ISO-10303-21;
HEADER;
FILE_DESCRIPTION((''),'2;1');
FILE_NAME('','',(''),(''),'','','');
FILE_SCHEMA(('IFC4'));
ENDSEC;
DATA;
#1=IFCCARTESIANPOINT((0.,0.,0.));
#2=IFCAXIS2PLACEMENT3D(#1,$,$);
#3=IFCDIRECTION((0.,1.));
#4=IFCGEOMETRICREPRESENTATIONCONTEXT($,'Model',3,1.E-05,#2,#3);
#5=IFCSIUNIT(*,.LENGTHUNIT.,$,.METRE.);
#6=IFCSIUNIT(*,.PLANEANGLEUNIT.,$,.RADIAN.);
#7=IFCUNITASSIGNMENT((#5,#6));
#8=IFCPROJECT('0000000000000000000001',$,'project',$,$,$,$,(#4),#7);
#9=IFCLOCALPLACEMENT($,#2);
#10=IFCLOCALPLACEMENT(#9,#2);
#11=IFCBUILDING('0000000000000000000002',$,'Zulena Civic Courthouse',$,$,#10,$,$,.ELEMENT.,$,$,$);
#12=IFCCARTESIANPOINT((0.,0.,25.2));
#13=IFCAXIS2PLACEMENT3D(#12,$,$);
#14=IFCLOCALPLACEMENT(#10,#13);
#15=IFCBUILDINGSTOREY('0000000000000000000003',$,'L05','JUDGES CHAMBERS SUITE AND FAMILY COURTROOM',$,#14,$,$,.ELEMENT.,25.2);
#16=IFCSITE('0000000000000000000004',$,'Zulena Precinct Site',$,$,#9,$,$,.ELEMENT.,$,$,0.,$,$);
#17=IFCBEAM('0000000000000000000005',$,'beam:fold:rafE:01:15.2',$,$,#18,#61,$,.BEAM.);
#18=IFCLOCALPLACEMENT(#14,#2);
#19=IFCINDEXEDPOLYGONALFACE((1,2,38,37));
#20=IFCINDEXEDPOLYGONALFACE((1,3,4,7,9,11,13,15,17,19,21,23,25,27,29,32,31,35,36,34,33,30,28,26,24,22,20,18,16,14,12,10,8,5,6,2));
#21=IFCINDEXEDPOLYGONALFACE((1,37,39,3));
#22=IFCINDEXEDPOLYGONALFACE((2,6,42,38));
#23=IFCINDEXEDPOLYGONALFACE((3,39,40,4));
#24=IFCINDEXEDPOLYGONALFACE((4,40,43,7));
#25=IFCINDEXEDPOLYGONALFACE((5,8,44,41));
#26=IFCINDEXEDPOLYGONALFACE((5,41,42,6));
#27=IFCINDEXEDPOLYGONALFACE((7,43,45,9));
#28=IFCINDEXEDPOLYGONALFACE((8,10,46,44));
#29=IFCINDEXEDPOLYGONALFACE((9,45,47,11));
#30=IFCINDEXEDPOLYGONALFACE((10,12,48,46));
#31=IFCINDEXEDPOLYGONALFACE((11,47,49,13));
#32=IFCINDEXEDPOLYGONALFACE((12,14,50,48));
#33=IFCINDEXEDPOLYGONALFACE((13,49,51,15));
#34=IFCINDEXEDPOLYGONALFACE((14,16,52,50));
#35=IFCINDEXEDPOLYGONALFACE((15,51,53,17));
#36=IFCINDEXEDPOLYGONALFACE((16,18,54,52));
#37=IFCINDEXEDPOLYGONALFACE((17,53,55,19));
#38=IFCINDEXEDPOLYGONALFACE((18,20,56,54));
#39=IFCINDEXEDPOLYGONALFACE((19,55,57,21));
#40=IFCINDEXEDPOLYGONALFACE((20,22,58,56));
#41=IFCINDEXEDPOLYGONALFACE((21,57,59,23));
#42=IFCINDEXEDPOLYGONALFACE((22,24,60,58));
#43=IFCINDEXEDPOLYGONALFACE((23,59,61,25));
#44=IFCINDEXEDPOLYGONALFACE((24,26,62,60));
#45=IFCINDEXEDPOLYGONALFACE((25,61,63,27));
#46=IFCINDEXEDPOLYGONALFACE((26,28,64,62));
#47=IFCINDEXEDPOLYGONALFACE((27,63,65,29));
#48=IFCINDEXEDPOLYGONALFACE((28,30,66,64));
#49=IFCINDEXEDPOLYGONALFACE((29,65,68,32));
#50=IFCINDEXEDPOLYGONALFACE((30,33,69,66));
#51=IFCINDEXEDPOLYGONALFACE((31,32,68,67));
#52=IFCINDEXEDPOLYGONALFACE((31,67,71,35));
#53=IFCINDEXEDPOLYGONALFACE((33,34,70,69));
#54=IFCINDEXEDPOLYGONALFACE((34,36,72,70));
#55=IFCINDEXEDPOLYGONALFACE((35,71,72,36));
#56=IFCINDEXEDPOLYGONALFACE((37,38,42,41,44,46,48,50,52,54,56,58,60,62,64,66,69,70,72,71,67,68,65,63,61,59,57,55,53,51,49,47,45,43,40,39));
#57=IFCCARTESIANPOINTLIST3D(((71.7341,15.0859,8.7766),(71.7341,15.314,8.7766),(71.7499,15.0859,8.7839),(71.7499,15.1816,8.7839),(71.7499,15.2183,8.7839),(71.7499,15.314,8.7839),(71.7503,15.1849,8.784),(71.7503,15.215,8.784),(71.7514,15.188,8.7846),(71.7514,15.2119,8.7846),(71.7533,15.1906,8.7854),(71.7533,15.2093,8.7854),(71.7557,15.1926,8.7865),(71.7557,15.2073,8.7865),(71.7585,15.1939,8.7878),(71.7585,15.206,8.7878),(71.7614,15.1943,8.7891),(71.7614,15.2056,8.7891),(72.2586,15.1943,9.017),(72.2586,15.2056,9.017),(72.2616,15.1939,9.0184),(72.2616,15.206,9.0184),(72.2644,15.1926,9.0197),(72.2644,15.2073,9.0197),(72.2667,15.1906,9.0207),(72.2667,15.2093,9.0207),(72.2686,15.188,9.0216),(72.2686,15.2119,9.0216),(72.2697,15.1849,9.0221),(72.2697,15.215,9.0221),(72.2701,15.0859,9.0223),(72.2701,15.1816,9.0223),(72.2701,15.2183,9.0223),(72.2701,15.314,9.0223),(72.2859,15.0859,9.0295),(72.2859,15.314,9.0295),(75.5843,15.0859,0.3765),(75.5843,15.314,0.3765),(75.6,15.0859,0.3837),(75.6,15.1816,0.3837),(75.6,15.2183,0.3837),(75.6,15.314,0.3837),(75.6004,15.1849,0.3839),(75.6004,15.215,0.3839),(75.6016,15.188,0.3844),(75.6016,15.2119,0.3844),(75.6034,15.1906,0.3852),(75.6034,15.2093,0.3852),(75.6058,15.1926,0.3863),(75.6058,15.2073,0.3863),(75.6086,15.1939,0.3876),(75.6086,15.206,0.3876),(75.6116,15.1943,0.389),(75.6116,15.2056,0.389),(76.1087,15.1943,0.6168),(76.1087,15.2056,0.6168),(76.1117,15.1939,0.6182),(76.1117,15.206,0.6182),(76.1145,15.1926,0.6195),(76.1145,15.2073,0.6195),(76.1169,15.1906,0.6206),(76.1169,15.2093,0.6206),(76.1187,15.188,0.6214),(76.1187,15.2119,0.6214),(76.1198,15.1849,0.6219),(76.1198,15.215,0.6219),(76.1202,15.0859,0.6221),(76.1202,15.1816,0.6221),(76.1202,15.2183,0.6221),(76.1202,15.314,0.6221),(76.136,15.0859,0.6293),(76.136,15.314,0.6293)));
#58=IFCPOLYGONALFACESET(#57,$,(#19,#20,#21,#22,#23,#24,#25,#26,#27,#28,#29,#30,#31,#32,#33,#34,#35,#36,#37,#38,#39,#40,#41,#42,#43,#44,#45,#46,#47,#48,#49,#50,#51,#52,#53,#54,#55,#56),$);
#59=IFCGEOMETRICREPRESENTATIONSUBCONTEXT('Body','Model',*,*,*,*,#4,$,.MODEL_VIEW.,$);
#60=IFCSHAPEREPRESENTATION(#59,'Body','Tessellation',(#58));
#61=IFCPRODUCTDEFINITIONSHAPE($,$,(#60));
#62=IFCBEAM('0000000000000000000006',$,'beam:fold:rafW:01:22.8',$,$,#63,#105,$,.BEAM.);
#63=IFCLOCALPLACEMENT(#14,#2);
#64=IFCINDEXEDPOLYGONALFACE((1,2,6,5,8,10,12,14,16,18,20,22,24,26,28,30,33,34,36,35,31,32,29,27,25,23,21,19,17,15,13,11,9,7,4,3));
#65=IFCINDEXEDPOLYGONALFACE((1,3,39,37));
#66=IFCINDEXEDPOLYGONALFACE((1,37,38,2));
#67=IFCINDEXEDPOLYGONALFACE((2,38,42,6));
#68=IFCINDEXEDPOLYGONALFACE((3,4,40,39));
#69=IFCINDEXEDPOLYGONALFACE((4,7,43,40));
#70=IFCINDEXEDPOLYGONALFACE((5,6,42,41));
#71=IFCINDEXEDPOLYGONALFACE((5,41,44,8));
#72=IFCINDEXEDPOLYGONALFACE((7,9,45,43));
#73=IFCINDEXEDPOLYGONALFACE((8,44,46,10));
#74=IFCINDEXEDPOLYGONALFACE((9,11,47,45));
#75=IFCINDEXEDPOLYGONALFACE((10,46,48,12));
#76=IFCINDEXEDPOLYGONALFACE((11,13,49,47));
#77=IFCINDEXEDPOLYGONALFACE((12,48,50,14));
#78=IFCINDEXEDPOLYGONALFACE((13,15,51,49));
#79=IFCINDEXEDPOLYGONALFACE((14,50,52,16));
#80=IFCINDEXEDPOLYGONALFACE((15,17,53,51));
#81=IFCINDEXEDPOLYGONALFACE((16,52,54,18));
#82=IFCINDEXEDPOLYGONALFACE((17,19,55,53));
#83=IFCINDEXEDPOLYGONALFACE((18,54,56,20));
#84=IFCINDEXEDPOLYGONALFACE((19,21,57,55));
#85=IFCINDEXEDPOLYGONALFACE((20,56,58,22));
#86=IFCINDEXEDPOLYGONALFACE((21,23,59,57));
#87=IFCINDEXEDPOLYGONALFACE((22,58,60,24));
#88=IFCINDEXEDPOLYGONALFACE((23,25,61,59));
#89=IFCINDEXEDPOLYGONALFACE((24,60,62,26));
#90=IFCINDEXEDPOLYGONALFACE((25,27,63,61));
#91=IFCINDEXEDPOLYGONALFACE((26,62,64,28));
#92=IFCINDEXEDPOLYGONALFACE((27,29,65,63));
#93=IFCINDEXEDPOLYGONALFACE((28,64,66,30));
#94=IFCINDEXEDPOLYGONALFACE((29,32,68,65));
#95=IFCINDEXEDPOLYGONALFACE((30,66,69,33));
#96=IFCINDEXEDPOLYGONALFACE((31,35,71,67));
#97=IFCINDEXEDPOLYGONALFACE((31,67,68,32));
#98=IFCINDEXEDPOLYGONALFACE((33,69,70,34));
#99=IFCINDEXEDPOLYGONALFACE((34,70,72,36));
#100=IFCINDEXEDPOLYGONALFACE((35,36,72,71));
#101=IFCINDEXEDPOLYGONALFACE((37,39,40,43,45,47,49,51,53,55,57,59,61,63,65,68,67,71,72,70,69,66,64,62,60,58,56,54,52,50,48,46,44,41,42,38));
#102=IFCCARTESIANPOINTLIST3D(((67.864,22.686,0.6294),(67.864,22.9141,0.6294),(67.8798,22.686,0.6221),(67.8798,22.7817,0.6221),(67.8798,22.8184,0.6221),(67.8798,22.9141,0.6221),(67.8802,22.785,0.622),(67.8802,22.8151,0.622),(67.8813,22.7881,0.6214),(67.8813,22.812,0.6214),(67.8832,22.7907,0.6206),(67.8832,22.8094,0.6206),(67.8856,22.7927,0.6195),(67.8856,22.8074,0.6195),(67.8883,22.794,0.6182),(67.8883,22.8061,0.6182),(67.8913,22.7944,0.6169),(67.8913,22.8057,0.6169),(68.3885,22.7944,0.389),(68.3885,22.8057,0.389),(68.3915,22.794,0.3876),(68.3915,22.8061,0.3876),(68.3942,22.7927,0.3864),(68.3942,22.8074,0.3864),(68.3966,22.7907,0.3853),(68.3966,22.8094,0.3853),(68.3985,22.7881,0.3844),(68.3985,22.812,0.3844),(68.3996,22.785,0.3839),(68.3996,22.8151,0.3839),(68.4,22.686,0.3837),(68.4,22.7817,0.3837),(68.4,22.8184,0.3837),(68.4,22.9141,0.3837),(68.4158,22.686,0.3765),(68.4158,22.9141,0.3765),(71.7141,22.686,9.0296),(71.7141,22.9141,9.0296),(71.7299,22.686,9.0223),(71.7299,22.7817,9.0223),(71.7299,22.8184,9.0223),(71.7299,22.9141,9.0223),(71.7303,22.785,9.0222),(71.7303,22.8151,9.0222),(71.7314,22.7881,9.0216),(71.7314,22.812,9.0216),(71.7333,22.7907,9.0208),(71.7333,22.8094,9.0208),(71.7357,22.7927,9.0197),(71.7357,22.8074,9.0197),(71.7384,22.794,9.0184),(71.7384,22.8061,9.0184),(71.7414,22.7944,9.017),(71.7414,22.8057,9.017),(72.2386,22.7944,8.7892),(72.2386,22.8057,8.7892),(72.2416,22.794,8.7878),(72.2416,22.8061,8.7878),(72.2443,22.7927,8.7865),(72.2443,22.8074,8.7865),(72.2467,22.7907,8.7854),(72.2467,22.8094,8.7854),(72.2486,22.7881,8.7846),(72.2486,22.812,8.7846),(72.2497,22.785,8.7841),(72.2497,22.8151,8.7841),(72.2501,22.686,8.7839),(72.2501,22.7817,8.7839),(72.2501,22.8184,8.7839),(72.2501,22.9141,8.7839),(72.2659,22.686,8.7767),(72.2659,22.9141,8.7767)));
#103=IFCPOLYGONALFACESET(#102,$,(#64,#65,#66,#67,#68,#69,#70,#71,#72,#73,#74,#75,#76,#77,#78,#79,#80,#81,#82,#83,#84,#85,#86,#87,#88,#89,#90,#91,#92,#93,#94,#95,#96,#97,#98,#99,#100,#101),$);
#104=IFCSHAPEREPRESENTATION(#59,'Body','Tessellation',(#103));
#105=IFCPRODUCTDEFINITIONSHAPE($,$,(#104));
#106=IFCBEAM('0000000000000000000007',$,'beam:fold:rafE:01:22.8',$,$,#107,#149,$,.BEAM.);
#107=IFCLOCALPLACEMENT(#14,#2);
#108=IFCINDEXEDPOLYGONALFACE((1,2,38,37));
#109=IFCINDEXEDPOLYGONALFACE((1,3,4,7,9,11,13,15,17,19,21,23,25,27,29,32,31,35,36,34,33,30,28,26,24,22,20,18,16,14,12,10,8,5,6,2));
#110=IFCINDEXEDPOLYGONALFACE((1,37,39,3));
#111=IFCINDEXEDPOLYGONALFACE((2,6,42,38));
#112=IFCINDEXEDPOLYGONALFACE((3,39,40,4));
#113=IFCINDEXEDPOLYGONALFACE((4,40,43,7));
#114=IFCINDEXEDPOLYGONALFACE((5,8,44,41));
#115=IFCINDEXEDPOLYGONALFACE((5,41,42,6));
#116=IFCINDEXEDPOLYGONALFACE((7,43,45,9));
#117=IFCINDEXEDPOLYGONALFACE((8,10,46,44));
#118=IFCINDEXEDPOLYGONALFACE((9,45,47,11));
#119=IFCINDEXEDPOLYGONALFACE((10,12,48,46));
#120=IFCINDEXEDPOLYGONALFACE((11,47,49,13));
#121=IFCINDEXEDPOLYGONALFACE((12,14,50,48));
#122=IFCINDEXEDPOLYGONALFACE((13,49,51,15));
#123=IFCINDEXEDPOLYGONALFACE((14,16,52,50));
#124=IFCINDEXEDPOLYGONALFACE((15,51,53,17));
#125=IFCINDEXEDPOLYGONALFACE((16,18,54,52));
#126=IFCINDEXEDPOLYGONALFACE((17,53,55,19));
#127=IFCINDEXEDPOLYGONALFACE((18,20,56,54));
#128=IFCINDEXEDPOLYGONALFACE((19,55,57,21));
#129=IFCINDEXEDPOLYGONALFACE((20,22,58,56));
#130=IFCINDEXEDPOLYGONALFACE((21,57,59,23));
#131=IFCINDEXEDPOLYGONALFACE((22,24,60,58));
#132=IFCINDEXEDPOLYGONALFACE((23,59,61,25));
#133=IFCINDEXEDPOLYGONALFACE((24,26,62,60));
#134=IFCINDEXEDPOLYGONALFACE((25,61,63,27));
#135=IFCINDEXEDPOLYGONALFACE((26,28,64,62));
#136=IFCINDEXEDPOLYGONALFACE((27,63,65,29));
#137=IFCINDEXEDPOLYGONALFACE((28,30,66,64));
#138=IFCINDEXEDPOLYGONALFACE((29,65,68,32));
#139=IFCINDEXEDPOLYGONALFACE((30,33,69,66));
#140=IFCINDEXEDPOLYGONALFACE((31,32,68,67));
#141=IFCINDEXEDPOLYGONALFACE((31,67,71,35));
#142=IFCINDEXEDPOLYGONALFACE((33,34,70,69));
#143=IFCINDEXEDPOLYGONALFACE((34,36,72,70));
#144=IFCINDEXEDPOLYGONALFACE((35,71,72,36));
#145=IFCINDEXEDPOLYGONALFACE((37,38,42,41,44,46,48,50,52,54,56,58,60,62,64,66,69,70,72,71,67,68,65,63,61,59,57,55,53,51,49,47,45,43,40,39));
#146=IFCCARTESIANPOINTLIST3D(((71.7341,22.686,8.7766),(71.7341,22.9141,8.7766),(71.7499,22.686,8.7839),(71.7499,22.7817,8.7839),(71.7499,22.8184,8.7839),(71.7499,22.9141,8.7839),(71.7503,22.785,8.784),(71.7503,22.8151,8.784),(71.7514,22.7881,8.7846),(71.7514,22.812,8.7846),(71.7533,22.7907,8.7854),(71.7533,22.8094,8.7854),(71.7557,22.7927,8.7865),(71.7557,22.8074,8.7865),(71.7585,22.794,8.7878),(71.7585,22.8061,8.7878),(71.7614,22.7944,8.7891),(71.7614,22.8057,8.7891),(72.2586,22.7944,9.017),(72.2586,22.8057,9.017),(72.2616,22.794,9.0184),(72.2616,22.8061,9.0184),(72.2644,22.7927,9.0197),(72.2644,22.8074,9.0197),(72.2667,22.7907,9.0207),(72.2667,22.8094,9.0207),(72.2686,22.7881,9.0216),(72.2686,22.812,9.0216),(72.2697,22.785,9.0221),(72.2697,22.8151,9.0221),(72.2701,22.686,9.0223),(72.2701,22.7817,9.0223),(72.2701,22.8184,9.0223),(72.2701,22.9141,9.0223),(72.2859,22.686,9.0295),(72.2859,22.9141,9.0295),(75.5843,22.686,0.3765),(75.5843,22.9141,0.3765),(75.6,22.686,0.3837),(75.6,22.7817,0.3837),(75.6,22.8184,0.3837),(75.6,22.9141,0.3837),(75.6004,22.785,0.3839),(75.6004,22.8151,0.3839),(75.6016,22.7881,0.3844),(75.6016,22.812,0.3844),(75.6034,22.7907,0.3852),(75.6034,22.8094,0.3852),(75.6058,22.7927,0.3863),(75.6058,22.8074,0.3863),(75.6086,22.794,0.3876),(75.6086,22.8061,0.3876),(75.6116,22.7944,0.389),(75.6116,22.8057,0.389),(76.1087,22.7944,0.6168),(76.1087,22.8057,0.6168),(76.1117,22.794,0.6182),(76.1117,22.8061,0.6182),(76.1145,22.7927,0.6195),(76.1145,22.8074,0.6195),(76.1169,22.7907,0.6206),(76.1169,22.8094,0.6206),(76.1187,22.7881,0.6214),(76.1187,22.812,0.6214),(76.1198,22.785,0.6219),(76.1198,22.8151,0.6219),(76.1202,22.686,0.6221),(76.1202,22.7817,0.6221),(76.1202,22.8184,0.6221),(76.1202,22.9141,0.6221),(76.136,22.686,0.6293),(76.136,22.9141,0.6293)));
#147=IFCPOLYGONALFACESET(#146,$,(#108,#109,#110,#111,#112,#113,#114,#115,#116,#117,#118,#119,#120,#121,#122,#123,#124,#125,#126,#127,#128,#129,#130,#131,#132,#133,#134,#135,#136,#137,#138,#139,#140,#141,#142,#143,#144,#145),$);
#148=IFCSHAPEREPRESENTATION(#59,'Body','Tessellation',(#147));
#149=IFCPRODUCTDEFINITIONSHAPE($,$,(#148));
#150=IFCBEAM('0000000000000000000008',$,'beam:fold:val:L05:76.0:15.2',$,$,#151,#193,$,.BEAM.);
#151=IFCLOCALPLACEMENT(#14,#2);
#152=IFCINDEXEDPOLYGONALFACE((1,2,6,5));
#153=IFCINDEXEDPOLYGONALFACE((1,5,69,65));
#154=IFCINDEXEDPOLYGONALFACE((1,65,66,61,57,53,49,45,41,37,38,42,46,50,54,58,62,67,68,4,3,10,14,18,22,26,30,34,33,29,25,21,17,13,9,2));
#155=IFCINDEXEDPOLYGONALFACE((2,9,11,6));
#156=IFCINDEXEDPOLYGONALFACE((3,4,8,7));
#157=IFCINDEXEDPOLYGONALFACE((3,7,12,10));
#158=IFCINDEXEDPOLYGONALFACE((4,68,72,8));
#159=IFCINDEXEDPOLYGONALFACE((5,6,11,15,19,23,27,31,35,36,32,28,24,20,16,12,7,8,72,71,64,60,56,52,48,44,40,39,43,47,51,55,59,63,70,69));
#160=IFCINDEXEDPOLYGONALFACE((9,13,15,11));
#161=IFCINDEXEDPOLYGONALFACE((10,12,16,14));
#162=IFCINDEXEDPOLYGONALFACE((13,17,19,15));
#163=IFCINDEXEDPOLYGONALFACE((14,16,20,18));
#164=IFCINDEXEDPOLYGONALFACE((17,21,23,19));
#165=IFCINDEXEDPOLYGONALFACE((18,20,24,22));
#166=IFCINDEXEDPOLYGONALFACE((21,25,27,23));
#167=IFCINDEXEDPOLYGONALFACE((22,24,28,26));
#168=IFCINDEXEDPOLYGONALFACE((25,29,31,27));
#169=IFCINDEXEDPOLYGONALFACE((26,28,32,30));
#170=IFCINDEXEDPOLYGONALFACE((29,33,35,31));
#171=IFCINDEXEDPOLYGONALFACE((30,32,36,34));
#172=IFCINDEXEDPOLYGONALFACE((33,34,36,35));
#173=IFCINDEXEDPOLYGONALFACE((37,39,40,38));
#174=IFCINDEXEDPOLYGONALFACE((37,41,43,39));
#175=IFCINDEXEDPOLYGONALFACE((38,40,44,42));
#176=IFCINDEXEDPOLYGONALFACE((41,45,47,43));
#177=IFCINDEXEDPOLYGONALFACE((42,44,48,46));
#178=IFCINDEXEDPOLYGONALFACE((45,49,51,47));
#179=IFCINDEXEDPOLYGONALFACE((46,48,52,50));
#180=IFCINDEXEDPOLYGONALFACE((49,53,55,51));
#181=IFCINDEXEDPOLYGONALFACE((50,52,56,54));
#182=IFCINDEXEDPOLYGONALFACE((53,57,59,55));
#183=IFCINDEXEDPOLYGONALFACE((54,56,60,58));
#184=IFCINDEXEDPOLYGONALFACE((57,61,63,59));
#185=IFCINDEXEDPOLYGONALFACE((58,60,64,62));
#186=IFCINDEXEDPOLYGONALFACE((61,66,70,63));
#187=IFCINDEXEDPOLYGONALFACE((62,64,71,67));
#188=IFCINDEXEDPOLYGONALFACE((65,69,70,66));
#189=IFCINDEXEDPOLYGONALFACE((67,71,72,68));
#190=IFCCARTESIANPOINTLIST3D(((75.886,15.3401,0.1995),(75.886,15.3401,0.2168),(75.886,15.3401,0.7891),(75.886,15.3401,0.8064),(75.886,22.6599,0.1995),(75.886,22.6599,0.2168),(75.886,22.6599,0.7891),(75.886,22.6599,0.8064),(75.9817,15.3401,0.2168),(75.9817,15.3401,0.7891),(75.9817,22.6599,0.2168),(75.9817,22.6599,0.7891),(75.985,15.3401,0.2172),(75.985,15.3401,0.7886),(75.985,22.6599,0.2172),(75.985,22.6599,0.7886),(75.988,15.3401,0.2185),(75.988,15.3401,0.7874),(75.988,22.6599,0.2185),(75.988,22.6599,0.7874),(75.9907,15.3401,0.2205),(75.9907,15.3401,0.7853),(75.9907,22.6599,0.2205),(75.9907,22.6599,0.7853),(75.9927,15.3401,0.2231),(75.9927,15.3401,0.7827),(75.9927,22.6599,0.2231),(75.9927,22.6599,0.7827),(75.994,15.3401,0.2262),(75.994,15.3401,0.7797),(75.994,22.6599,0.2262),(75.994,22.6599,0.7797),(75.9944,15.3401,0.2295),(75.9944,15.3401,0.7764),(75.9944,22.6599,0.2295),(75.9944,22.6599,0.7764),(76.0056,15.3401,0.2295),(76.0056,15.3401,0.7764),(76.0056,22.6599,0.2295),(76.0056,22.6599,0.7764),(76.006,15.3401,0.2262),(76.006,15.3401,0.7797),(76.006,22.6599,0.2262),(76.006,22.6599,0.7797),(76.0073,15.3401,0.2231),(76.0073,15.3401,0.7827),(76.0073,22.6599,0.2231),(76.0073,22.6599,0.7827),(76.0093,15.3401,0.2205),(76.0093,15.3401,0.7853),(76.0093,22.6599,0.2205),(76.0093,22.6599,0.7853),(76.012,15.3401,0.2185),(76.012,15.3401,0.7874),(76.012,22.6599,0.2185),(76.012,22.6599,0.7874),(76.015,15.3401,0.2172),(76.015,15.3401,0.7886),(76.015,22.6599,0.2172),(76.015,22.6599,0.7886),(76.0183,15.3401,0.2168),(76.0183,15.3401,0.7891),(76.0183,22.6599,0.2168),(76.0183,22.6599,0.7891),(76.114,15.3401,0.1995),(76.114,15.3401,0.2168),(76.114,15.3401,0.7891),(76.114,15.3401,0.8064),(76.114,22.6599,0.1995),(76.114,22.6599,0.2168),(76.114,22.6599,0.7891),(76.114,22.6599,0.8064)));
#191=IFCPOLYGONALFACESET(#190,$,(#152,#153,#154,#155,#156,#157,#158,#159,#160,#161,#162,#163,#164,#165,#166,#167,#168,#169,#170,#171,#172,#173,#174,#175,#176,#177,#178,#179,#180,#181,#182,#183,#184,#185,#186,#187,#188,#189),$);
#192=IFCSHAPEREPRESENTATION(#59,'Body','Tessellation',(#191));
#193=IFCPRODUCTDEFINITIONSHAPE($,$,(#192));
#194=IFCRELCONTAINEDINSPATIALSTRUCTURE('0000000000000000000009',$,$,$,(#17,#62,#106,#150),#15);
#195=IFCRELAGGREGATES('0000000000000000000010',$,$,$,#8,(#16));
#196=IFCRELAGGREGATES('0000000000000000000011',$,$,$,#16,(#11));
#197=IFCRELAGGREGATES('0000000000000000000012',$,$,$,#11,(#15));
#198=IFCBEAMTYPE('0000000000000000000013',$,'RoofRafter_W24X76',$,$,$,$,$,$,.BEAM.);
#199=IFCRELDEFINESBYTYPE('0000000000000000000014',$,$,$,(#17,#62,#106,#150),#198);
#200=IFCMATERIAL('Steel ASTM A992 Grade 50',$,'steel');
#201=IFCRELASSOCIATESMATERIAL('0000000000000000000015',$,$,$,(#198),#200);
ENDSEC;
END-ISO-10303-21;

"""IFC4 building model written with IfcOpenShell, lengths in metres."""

from ifc_helpers import new_model, si_unit, direction, frame, origin, origin_2d, place, context, subcontext, project, spatial, i_section, extrude, material, material_profile, profile_set, type_object, element, save


model = new_model("IFC4")

# Units and contexts
model_context = context("Model", 3, precision=1e-05, world=origin(), true_north=direction((0.0, 1.0)))
body_context = subcontext(model_context, "Body", "Model", "MODEL_VIEW")
ifc_project = project(units=[si_unit("LENGTHUNIT", "METRE"), si_unit("PLANEANGLEUNIT", "RADIAN")], contexts=[model_context])

# Site, building, storey
site_placement = place(None, origin())
site = spatial("IfcSite", under=ifc_project, at=site_placement, Name="Zulena Precinct Site", CompositionType="ELEMENT", RefElevation=0.0)
building_placement = place(site_placement, origin())
building = spatial("IfcBuilding", under=site, at=building_placement, Name="Zulena Civic Courthouse", CompositionType="ELEMENT")
storey_placement = place(building_placement, frame((0.0, 0.0, 25.2)))
storey = spatial("IfcBuildingStorey", under=building, at=storey_placement, Name="L05", Description="JUDGES CHAMBERS SUITE AND FAMILY COURTROOM", CompositionType="ELEMENT", Elevation=25.2)

# Shared definitions
ifc_material_1 = material(Name="Steel ASTM A992 Grade 50", Category="steel")

# Beams
ifc_material_profile_1 = material_profile(ifc_material_1, i_section(OverallWidth=0.228, OverallDepth=0.6069, WebThickness=0.0112, FlangeThickness=0.0173, FilletRadius=0.0127, at=origin_2d()), Name="W24X76")
ifc_profile_set_1 = profile_set([ifc_material_profile_1], Name="Steel ASTM A992 Grade 50")
beam_type_1 = type_object("IfcBeamType", Name="RoofRafter_W24X76", PredefinedType="BEAM", material=ifc_profile_set_1)
for number, where, z_axis, x_axis, name in (
    (1, (72.01, 15.2, 8.9031), (0.416657, 0.0, -0.909064), (0.0, 1.0, 0.0), "beam:fold:rafE:01:15.2"),
    (2, (68.1399, 22.8, 0.5029), (0.416657, 0.0, 0.909064), (0.0, 1.0, 0.0), "beam:fold:rafW:01:22.8"),
    (3, (72.01, 22.8, 8.9031), (0.416657, 0.0, -0.909064), (0.0, 1.0, 0.0), "beam:fold:rafE:01:22.8"),
):
    element("IfcBeam", number, at=place(storey_placement, frame(where, z_axis=z_axis, x_axis=x_axis)), inside=storey, type_object=beam_type_1, Name=name, PredefinedType="BEAM", context=body_context, shape_type="SweptSolid", body=[
        extrude(i_section(OverallWidth=0.228, OverallDepth=0.6069, WebThickness=0.0112, FlangeThickness=0.0173, FilletRadius=0.0127, at=origin_2d()), origin(), (0.0, 0.0, 1.0), 9.2405),
    ])
beam_1_placement = place(storey_placement, frame((76.0, 15.3401, 0.5029), z_axis=(0.0, 1.0, 0.0), x_axis=(-1.0, 0.0, 0.0)))
element("IfcBeam", 4, at=beam_1_placement, inside=storey, type_object=beam_type_1, Name="beam:fold:val:L05:76.0:15.2", PredefinedType="BEAM", context=body_context, shape_type="SweptSolid", body=[
    extrude(i_section(OverallWidth=0.228, OverallDepth=0.6069, WebThickness=0.0112, FlangeThickness=0.0173, FilletRadius=0.0127, at=origin_2d()), origin(), (0.0, 0.0, 1.0), 7.3198),
])

save(model, "model.ifc")
